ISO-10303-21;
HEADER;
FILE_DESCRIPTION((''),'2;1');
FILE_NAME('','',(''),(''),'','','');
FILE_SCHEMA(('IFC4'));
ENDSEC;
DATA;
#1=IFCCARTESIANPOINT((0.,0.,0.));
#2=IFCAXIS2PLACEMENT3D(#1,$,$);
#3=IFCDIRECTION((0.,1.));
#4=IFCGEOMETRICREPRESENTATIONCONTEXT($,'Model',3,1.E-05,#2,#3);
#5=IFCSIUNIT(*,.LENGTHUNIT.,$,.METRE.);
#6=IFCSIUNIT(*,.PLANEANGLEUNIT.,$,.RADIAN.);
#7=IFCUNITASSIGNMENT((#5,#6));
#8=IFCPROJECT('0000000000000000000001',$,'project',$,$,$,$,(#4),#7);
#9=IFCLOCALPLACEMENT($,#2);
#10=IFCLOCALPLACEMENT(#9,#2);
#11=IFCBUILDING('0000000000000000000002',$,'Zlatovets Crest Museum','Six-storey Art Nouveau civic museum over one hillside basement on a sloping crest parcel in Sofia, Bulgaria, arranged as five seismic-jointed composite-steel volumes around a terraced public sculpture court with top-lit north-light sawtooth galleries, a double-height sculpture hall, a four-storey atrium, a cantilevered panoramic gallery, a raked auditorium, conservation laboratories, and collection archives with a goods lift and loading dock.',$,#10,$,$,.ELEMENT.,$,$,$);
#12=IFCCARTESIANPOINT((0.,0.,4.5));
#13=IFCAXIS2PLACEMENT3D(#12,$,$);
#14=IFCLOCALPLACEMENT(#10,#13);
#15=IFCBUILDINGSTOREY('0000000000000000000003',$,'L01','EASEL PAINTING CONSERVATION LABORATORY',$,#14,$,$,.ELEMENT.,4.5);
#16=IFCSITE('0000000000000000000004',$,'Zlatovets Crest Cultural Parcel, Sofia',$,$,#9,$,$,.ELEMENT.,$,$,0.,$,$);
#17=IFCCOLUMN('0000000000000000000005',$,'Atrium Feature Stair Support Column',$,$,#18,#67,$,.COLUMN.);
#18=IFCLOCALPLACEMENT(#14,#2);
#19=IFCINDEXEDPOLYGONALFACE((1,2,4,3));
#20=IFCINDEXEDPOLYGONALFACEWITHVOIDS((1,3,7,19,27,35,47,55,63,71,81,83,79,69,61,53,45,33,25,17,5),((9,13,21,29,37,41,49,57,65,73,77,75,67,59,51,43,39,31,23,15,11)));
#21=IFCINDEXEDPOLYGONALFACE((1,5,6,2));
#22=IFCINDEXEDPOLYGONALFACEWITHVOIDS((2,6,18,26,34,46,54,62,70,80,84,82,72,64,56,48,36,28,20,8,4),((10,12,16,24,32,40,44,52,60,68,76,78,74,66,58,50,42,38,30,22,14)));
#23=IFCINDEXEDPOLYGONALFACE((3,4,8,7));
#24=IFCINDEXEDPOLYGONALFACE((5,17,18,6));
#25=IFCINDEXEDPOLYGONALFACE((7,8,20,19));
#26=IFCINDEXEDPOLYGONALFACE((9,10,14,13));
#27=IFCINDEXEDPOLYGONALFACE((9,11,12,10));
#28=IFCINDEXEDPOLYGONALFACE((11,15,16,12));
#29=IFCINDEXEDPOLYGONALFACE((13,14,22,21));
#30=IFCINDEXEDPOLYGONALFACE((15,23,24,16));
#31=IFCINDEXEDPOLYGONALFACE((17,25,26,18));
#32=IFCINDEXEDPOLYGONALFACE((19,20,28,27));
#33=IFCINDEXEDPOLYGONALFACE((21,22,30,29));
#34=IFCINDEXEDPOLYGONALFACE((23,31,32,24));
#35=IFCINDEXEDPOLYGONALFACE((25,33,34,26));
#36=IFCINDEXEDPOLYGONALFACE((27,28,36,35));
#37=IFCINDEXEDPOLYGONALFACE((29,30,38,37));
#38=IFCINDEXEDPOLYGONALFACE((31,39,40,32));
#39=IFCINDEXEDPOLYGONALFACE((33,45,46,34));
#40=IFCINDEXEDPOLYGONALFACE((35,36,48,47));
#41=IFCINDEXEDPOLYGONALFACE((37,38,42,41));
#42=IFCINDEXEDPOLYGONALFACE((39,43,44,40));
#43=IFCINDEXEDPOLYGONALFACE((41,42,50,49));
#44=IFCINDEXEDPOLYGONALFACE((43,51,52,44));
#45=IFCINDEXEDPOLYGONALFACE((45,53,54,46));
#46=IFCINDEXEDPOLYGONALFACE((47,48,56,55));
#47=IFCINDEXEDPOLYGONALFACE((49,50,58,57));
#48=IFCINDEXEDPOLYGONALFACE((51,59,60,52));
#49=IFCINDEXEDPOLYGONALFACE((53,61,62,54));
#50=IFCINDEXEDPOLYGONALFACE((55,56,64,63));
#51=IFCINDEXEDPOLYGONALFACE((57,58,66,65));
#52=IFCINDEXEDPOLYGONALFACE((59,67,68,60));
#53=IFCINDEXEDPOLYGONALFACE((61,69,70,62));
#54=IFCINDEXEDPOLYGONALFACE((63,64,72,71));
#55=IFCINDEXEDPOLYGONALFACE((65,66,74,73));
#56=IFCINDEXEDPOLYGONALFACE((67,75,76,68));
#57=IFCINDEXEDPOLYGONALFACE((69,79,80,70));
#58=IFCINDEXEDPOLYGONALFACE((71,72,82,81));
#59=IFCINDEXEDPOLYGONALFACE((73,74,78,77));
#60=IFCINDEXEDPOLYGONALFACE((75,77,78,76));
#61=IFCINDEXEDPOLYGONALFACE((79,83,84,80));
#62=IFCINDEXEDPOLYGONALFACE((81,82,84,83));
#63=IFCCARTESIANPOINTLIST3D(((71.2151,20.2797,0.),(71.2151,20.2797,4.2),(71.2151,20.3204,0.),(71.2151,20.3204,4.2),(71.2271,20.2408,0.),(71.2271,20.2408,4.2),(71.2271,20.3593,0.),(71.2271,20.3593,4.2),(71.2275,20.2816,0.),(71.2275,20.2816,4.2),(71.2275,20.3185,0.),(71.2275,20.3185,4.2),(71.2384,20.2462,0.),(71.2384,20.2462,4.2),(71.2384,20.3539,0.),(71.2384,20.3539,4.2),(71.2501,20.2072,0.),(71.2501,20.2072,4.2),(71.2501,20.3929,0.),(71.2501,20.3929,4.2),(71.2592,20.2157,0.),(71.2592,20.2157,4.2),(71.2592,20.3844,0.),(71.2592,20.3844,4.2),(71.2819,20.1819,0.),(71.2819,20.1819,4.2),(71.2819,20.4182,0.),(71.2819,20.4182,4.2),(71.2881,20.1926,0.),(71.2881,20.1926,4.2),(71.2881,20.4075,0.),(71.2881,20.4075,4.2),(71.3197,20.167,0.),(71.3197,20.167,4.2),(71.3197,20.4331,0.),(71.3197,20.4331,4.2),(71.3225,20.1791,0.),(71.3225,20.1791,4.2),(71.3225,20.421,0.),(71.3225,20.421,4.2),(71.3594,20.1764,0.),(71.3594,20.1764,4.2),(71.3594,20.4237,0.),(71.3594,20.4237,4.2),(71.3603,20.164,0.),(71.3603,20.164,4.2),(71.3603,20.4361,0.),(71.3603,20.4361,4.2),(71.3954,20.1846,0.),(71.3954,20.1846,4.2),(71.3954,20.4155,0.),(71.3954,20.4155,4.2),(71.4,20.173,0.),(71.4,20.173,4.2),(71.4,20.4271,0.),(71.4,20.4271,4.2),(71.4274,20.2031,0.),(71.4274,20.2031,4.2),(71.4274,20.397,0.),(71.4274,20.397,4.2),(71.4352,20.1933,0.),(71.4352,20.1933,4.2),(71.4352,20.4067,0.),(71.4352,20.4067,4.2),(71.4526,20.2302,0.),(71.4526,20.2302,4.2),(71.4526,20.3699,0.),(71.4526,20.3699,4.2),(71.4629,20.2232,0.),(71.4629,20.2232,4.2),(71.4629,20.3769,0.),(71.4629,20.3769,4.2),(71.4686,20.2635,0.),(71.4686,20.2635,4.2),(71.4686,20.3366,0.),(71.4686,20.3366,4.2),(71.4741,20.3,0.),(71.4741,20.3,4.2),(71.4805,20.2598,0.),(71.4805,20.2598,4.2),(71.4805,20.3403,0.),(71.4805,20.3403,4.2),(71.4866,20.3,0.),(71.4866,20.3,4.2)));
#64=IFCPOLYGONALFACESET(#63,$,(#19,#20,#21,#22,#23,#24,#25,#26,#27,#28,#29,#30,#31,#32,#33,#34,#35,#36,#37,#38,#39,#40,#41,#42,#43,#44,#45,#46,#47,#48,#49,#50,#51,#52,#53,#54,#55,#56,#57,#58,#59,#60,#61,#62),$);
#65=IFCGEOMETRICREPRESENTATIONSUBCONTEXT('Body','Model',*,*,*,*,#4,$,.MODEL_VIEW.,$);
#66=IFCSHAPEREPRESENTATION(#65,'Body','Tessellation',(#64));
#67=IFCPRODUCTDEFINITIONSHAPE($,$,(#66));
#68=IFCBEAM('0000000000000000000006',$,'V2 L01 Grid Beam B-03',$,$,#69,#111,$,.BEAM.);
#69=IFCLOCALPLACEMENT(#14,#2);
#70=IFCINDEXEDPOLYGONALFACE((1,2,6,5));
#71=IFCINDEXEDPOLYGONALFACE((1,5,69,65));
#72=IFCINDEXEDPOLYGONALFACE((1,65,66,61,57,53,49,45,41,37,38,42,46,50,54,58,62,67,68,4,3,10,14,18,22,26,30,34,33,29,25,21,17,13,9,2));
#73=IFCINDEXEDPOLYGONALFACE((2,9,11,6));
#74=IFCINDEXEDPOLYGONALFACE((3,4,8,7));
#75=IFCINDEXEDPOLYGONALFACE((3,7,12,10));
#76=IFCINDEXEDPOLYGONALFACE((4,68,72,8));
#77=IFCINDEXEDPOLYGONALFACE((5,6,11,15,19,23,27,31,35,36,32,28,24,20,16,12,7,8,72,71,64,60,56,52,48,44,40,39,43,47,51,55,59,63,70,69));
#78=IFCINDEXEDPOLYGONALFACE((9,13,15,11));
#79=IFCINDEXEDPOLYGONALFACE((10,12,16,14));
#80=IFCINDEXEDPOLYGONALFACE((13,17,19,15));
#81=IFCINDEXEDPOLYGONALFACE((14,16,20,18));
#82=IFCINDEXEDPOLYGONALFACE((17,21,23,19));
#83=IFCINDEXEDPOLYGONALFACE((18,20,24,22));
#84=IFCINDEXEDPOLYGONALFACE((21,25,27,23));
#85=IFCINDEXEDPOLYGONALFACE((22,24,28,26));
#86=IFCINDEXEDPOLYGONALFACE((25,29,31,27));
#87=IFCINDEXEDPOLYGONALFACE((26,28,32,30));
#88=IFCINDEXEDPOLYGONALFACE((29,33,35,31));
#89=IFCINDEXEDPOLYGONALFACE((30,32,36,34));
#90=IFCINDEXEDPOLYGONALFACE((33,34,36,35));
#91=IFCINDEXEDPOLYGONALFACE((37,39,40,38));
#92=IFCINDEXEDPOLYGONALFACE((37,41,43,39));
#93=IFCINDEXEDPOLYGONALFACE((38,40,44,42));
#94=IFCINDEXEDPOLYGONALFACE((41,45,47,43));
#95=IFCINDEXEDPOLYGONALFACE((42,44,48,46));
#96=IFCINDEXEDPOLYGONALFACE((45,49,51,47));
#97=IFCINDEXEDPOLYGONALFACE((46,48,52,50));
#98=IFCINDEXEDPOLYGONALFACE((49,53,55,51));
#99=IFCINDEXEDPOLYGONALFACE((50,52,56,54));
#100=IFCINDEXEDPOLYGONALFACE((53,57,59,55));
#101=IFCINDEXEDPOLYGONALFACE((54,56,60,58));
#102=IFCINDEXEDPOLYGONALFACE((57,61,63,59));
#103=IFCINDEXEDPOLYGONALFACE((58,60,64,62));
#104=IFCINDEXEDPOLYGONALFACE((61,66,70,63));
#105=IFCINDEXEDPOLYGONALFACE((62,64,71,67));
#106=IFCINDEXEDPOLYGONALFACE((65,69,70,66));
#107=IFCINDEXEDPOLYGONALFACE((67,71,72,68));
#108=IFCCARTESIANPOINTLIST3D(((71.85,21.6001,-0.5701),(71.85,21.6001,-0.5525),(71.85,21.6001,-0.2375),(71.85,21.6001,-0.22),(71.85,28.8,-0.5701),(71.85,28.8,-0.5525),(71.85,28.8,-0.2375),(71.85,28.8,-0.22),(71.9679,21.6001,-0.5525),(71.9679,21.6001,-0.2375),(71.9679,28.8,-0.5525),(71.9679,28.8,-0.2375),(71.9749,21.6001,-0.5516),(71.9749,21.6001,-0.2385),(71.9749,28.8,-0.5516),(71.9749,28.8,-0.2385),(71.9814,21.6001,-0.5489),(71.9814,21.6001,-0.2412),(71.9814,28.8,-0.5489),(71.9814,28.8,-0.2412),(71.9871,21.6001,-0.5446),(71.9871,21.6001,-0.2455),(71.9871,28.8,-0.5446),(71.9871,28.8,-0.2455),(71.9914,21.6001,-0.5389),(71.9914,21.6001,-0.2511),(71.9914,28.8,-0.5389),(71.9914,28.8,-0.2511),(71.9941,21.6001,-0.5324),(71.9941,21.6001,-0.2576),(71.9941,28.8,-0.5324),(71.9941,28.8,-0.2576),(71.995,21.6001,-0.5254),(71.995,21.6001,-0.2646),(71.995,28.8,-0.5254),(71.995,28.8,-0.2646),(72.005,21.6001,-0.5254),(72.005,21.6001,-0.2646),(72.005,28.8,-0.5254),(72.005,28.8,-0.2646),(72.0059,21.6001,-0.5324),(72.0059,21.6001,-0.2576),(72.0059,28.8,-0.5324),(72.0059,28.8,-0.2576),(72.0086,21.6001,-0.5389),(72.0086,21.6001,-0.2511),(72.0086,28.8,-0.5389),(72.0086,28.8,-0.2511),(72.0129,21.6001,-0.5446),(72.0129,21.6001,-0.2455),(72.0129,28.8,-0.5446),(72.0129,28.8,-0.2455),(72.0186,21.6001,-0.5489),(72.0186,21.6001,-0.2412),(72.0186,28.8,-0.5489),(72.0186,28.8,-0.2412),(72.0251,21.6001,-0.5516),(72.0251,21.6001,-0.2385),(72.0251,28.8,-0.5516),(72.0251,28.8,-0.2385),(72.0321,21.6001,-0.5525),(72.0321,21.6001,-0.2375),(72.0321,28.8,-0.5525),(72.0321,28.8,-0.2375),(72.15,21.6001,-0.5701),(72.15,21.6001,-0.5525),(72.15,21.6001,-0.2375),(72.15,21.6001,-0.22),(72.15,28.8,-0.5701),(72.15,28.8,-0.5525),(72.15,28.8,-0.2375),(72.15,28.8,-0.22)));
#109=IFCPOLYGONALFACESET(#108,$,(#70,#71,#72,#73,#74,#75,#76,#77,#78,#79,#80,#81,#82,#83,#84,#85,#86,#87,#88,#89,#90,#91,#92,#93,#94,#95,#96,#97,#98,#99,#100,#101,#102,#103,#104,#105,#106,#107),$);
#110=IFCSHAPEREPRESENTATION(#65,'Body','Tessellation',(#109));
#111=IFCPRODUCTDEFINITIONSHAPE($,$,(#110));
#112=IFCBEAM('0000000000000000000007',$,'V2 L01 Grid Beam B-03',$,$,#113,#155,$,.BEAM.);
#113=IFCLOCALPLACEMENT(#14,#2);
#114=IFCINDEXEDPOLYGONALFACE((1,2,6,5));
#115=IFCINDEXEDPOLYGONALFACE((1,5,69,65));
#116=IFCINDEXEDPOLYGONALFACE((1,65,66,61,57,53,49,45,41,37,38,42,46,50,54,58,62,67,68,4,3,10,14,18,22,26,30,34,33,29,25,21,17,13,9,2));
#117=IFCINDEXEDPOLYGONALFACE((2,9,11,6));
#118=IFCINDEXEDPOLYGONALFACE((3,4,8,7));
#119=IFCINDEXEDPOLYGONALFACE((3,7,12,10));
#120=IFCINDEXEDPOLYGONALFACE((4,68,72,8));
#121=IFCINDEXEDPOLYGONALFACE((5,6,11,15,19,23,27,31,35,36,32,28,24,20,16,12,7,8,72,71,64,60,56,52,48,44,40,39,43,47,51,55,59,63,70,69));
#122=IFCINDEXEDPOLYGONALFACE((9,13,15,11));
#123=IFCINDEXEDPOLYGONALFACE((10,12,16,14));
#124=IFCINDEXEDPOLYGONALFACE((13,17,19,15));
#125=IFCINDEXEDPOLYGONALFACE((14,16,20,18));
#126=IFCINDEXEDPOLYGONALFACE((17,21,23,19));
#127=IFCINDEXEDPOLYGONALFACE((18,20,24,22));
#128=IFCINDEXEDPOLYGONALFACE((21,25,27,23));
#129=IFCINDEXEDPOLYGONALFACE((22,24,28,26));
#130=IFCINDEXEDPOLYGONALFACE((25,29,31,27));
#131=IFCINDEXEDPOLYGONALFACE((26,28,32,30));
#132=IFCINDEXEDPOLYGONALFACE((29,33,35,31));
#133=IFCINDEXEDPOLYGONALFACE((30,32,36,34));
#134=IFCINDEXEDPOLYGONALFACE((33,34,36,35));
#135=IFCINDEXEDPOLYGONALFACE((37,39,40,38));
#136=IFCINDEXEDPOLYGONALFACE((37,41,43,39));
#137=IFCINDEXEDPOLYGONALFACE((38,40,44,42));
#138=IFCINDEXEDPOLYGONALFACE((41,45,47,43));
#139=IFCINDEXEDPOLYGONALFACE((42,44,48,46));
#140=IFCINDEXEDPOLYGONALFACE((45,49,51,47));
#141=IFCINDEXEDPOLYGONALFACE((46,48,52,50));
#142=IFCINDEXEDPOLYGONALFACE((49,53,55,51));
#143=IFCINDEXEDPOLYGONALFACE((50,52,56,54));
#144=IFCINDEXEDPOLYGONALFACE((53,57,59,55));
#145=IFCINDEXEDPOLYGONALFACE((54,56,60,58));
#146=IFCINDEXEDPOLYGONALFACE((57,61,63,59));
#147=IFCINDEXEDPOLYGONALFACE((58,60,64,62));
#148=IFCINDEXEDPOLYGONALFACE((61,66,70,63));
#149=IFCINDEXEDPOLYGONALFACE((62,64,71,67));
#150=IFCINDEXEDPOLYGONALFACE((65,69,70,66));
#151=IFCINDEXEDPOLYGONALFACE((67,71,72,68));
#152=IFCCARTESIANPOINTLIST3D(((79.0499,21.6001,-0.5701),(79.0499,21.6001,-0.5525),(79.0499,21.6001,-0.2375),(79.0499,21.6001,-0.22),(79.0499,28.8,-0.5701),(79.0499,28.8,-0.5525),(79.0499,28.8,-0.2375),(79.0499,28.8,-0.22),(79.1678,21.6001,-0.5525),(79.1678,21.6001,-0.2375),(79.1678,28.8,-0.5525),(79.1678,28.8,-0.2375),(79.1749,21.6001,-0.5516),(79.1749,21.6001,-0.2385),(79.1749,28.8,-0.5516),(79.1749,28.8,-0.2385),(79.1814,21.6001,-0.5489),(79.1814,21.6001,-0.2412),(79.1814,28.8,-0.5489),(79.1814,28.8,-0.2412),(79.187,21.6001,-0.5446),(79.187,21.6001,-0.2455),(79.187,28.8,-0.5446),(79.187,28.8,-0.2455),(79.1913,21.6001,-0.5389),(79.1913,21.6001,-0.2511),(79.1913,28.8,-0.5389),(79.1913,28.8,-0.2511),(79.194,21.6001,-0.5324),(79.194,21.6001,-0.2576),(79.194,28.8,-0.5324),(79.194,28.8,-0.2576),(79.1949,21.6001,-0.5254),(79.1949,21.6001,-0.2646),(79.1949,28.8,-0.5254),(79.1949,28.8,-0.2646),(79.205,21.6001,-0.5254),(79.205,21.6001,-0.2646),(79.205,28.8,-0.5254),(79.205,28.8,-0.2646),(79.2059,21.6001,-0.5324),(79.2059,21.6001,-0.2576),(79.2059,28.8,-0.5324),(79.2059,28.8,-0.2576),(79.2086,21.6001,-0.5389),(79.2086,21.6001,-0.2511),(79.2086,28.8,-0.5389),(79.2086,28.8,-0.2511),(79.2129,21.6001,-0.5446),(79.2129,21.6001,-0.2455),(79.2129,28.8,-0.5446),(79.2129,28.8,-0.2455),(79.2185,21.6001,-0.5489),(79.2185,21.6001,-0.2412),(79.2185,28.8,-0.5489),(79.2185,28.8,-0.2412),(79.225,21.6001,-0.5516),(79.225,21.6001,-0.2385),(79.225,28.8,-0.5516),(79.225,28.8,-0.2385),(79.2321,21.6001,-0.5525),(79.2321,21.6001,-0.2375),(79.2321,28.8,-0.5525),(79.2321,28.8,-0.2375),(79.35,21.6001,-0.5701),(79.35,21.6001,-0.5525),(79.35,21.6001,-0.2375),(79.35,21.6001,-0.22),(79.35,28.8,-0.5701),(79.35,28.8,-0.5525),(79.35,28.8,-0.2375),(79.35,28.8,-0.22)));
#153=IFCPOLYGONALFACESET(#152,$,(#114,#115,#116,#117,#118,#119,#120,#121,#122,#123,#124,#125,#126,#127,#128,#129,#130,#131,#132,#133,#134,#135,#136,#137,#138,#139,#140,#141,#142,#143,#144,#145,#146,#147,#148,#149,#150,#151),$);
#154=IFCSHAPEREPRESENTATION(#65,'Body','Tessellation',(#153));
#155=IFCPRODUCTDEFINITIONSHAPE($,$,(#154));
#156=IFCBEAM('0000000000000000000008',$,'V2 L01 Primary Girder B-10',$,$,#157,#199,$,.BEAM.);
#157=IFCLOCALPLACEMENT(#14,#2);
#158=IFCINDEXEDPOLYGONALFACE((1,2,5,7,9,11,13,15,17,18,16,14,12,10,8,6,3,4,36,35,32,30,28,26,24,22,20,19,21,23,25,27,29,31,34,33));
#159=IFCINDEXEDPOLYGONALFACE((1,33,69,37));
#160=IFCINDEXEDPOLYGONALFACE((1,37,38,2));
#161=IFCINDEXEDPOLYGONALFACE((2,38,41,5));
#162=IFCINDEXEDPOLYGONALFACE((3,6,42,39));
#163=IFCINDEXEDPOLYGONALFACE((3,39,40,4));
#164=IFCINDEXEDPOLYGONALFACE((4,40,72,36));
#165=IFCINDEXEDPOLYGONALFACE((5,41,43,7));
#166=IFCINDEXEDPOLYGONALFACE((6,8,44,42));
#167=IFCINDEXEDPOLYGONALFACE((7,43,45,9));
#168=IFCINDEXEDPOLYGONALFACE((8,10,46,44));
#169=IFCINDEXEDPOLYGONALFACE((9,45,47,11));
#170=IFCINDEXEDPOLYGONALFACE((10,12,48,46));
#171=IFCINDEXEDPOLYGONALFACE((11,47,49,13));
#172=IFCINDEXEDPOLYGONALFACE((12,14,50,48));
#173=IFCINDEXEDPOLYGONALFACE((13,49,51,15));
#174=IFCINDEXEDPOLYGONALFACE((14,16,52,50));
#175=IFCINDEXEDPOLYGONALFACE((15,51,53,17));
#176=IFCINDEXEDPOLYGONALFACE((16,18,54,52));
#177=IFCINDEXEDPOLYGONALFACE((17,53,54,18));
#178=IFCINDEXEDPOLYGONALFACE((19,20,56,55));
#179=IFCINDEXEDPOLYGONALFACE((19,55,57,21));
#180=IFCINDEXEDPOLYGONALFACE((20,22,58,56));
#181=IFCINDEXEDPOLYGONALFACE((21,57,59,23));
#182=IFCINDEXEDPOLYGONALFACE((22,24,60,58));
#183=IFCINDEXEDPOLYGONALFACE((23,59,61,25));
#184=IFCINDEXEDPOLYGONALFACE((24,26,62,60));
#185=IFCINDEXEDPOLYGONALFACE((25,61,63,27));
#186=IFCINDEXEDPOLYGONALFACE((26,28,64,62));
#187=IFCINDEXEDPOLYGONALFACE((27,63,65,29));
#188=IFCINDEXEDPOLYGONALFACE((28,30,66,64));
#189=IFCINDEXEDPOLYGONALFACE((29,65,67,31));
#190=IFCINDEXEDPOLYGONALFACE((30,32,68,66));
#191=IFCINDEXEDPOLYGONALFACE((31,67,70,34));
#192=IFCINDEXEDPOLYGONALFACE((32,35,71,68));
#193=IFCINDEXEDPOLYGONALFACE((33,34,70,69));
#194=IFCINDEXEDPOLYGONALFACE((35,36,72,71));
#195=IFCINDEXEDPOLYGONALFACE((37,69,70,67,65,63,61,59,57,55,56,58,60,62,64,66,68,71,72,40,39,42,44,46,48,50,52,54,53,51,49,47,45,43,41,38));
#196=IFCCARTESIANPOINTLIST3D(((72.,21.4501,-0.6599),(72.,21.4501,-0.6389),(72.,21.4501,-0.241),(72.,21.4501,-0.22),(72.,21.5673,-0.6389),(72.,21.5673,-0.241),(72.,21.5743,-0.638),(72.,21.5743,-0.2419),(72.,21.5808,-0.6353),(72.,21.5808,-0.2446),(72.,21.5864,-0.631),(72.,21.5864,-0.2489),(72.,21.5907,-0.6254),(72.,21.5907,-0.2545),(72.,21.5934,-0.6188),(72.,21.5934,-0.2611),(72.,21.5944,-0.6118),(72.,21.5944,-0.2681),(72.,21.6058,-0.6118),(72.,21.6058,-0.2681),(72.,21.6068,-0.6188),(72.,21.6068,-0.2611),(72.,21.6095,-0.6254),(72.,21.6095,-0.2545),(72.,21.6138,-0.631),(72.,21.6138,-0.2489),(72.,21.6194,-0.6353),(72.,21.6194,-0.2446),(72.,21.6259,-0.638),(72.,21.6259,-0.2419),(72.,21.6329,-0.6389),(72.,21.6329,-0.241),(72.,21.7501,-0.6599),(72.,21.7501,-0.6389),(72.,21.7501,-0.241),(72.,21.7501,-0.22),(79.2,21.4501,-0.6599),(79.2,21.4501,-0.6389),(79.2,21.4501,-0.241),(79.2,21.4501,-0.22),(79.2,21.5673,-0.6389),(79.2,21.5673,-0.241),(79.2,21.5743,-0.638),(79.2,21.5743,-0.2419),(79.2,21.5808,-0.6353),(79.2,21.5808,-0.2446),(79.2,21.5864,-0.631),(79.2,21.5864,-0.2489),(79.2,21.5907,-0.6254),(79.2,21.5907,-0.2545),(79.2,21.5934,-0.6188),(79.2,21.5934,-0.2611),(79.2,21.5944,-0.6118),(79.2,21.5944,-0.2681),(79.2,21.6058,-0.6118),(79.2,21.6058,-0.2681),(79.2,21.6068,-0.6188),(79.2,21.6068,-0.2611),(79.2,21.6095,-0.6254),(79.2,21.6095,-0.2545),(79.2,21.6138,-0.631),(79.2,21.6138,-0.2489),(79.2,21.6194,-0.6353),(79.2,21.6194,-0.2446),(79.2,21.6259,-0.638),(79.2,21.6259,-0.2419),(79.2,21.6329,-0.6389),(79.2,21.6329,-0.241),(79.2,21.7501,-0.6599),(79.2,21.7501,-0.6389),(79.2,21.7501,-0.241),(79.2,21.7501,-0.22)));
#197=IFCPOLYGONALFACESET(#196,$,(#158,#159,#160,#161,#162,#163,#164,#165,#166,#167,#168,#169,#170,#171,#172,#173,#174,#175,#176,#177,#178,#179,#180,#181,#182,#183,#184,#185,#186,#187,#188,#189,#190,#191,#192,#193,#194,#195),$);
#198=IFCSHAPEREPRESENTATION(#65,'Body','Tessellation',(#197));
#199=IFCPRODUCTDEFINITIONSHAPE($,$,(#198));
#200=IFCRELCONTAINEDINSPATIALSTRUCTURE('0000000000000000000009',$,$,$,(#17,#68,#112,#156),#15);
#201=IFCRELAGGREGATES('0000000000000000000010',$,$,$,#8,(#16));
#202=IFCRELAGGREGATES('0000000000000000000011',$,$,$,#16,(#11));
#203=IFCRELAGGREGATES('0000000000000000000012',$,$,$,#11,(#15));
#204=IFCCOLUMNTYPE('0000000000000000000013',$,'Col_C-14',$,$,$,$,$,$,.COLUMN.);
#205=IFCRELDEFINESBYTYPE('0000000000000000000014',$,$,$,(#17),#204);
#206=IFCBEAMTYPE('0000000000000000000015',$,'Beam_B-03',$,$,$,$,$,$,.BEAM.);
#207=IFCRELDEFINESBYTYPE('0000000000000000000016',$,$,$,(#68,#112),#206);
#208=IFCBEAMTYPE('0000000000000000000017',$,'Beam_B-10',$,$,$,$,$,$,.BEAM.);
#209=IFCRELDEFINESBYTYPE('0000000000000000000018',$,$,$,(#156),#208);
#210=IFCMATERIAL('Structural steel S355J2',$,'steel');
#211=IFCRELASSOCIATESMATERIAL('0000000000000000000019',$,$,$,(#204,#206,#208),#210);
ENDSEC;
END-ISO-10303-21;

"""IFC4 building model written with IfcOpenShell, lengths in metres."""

from ifc_helpers import new_model, si_unit, direction, frame, origin, origin_2d, place, context, subcontext, project, spatial, hollow_circle, i_section, extrude, material, material_profile, profile_set, type_object, element, save


model = new_model("IFC4")

# Units and contexts
model_context = context("Model", 3, precision=1e-05, world=origin(), true_north=direction((0.0, 1.0)))
body_context = subcontext(model_context, "Body", "Model", "MODEL_VIEW")
ifc_project = project(units=[si_unit("LENGTHUNIT", "METRE"), si_unit("PLANEANGLEUNIT", "RADIAN")], contexts=[model_context])

# Site, building, storey
site_placement = place(None, origin())
site = spatial("IfcSite", under=ifc_project, at=site_placement, Name="Zlatovets Crest Cultural Parcel, Sofia", CompositionType="ELEMENT", RefElevation=0.0)
building_placement = place(site_placement, origin())
building = spatial("IfcBuilding", under=site, at=building_placement, Name="Zlatovets Crest Museum", Description="Six-storey Art Nouveau civic museum over one hillside basement on a sloping crest parcel in Sofia, Bulgaria, arranged as five seismic-jointed composite-steel volumes around a terraced public sculpture court with top-lit north-light sawtooth galleries, a double-height sculpture hall, a four-storey atrium, a cantilevered panoramic gallery, a raked auditorium, conservation laboratories, and collection archives with a goods lift and loading dock.", CompositionType="ELEMENT")
storey_placement = place(building_placement, frame((0.0, 0.0, 4.5)))
storey = spatial("IfcBuildingStorey", under=building, at=storey_placement, Name="L01", Description="EASEL PAINTING CONSERVATION LABORATORY", CompositionType="ELEMENT", Elevation=4.5)

# Column
ifc_material_1 = material(Name="Structural steel S355J2", Category="steel")
ifc_material_profile_1 = material_profile(ifc_material_1, hollow_circle(Radius=0.1365, WallThickness=0.0125, at=origin_2d()), Name="CHS 273.0x12.5")
ifc_profile_set_1 = profile_set([ifc_material_profile_1], Name="Structural steel S355J2")
column_type_1 = type_object("IfcColumnType", Name="Col_C-14", PredefinedType="COLUMN", material=ifc_profile_set_1)
column_1_placement = place(storey_placement, frame((71.3501, 20.3, 0.0), z_axis=(0.0, 0.0, 1.0), x_axis=(1.0, 0.0, 0.0)))
element("IfcColumn", 1, at=column_1_placement, inside=storey, type_object=column_type_1, Name="Atrium Feature Stair Support Column", PredefinedType="COLUMN", context=body_context, shape_type="SweptSolid", body=[
    extrude(hollow_circle(Radius=0.1365, WallThickness=0.0125, at=origin_2d()), origin(), (0.0, 0.0, 1.0), 4.2),
])

# Beams
ifc_material_profile_2 = material_profile(ifc_material_1, i_section(OverallWidth=0.3, OverallDepth=0.3501, WebThickness=0.01, FlangeThickness=0.0176, FilletRadius=0.0271, at=origin_2d()), Name="HEA 360")
ifc_profile_set_2 = profile_set([ifc_material_profile_2], Name="Structural steel S355J2")
beam_type_1 = type_object("IfcBeamType", Name="Beam_B-03", PredefinedType="BEAM", material=ifc_profile_set_2)
for number, where, z_axis, x_axis, name in (
    (2, (72.0, 21.6001, -0.395), (0.0, 1.0, 0.0), (-1.0, 0.0, 0.0), "V2 L01 Grid Beam B-03"),
    (3, (79.2, 21.6001, -0.395), (0.0, 1.0, 0.0), (-1.0, 0.0, 0.0), "V2 L01 Grid Beam B-03"),
):
    element("IfcBeam", number, at=place(storey_placement, frame(where, z_axis=z_axis, x_axis=x_axis)), inside=storey, type_object=beam_type_1, Name=name, PredefinedType="BEAM", context=body_context, shape_type="SweptSolid", body=[
        extrude(i_section(OverallWidth=0.3, OverallDepth=0.3501, WebThickness=0.01, FlangeThickness=0.0176, FilletRadius=0.0271, at=origin_2d()), origin(), (0.0, 0.0, 1.0), 7.2),
    ])
ifc_material_profile_3 = material_profile(ifc_material_1, i_section(OverallWidth=0.3, OverallDepth=0.4399, WebThickness=0.0115, FlangeThickness=0.021, FilletRadius=0.0271, at=origin_2d()), Name="HEA 450")
ifc_profile_set_3 = profile_set([ifc_material_profile_3], Name="Structural steel S355J2")
beam_type_2 = type_object("IfcBeamType", Name="Beam_B-10", PredefinedType="BEAM", material=ifc_profile_set_3)
for number, where, z_axis, x_axis, name in (
    (4, (72.0, 21.6001, -0.4399), (1.0, 0.0, 0.0), (0.0, 1.0, 0.0), "V2 L01 Primary Girder B-10"),
):
    element("IfcBeam", number, at=place(storey_placement, frame(where, z_axis=z_axis, x_axis=x_axis)), inside=storey, type_object=beam_type_2, Name=name, PredefinedType="BEAM", context=body_context, shape_type="SweptSolid", body=[
        extrude(i_section(OverallWidth=0.3, OverallDepth=0.4399, WebThickness=0.0115, FlangeThickness=0.021, FilletRadius=0.0271, at=origin_2d()), origin(), (0.0, 0.0, 1.0), 7.2),
    ])

save(model, "model.ifc")
